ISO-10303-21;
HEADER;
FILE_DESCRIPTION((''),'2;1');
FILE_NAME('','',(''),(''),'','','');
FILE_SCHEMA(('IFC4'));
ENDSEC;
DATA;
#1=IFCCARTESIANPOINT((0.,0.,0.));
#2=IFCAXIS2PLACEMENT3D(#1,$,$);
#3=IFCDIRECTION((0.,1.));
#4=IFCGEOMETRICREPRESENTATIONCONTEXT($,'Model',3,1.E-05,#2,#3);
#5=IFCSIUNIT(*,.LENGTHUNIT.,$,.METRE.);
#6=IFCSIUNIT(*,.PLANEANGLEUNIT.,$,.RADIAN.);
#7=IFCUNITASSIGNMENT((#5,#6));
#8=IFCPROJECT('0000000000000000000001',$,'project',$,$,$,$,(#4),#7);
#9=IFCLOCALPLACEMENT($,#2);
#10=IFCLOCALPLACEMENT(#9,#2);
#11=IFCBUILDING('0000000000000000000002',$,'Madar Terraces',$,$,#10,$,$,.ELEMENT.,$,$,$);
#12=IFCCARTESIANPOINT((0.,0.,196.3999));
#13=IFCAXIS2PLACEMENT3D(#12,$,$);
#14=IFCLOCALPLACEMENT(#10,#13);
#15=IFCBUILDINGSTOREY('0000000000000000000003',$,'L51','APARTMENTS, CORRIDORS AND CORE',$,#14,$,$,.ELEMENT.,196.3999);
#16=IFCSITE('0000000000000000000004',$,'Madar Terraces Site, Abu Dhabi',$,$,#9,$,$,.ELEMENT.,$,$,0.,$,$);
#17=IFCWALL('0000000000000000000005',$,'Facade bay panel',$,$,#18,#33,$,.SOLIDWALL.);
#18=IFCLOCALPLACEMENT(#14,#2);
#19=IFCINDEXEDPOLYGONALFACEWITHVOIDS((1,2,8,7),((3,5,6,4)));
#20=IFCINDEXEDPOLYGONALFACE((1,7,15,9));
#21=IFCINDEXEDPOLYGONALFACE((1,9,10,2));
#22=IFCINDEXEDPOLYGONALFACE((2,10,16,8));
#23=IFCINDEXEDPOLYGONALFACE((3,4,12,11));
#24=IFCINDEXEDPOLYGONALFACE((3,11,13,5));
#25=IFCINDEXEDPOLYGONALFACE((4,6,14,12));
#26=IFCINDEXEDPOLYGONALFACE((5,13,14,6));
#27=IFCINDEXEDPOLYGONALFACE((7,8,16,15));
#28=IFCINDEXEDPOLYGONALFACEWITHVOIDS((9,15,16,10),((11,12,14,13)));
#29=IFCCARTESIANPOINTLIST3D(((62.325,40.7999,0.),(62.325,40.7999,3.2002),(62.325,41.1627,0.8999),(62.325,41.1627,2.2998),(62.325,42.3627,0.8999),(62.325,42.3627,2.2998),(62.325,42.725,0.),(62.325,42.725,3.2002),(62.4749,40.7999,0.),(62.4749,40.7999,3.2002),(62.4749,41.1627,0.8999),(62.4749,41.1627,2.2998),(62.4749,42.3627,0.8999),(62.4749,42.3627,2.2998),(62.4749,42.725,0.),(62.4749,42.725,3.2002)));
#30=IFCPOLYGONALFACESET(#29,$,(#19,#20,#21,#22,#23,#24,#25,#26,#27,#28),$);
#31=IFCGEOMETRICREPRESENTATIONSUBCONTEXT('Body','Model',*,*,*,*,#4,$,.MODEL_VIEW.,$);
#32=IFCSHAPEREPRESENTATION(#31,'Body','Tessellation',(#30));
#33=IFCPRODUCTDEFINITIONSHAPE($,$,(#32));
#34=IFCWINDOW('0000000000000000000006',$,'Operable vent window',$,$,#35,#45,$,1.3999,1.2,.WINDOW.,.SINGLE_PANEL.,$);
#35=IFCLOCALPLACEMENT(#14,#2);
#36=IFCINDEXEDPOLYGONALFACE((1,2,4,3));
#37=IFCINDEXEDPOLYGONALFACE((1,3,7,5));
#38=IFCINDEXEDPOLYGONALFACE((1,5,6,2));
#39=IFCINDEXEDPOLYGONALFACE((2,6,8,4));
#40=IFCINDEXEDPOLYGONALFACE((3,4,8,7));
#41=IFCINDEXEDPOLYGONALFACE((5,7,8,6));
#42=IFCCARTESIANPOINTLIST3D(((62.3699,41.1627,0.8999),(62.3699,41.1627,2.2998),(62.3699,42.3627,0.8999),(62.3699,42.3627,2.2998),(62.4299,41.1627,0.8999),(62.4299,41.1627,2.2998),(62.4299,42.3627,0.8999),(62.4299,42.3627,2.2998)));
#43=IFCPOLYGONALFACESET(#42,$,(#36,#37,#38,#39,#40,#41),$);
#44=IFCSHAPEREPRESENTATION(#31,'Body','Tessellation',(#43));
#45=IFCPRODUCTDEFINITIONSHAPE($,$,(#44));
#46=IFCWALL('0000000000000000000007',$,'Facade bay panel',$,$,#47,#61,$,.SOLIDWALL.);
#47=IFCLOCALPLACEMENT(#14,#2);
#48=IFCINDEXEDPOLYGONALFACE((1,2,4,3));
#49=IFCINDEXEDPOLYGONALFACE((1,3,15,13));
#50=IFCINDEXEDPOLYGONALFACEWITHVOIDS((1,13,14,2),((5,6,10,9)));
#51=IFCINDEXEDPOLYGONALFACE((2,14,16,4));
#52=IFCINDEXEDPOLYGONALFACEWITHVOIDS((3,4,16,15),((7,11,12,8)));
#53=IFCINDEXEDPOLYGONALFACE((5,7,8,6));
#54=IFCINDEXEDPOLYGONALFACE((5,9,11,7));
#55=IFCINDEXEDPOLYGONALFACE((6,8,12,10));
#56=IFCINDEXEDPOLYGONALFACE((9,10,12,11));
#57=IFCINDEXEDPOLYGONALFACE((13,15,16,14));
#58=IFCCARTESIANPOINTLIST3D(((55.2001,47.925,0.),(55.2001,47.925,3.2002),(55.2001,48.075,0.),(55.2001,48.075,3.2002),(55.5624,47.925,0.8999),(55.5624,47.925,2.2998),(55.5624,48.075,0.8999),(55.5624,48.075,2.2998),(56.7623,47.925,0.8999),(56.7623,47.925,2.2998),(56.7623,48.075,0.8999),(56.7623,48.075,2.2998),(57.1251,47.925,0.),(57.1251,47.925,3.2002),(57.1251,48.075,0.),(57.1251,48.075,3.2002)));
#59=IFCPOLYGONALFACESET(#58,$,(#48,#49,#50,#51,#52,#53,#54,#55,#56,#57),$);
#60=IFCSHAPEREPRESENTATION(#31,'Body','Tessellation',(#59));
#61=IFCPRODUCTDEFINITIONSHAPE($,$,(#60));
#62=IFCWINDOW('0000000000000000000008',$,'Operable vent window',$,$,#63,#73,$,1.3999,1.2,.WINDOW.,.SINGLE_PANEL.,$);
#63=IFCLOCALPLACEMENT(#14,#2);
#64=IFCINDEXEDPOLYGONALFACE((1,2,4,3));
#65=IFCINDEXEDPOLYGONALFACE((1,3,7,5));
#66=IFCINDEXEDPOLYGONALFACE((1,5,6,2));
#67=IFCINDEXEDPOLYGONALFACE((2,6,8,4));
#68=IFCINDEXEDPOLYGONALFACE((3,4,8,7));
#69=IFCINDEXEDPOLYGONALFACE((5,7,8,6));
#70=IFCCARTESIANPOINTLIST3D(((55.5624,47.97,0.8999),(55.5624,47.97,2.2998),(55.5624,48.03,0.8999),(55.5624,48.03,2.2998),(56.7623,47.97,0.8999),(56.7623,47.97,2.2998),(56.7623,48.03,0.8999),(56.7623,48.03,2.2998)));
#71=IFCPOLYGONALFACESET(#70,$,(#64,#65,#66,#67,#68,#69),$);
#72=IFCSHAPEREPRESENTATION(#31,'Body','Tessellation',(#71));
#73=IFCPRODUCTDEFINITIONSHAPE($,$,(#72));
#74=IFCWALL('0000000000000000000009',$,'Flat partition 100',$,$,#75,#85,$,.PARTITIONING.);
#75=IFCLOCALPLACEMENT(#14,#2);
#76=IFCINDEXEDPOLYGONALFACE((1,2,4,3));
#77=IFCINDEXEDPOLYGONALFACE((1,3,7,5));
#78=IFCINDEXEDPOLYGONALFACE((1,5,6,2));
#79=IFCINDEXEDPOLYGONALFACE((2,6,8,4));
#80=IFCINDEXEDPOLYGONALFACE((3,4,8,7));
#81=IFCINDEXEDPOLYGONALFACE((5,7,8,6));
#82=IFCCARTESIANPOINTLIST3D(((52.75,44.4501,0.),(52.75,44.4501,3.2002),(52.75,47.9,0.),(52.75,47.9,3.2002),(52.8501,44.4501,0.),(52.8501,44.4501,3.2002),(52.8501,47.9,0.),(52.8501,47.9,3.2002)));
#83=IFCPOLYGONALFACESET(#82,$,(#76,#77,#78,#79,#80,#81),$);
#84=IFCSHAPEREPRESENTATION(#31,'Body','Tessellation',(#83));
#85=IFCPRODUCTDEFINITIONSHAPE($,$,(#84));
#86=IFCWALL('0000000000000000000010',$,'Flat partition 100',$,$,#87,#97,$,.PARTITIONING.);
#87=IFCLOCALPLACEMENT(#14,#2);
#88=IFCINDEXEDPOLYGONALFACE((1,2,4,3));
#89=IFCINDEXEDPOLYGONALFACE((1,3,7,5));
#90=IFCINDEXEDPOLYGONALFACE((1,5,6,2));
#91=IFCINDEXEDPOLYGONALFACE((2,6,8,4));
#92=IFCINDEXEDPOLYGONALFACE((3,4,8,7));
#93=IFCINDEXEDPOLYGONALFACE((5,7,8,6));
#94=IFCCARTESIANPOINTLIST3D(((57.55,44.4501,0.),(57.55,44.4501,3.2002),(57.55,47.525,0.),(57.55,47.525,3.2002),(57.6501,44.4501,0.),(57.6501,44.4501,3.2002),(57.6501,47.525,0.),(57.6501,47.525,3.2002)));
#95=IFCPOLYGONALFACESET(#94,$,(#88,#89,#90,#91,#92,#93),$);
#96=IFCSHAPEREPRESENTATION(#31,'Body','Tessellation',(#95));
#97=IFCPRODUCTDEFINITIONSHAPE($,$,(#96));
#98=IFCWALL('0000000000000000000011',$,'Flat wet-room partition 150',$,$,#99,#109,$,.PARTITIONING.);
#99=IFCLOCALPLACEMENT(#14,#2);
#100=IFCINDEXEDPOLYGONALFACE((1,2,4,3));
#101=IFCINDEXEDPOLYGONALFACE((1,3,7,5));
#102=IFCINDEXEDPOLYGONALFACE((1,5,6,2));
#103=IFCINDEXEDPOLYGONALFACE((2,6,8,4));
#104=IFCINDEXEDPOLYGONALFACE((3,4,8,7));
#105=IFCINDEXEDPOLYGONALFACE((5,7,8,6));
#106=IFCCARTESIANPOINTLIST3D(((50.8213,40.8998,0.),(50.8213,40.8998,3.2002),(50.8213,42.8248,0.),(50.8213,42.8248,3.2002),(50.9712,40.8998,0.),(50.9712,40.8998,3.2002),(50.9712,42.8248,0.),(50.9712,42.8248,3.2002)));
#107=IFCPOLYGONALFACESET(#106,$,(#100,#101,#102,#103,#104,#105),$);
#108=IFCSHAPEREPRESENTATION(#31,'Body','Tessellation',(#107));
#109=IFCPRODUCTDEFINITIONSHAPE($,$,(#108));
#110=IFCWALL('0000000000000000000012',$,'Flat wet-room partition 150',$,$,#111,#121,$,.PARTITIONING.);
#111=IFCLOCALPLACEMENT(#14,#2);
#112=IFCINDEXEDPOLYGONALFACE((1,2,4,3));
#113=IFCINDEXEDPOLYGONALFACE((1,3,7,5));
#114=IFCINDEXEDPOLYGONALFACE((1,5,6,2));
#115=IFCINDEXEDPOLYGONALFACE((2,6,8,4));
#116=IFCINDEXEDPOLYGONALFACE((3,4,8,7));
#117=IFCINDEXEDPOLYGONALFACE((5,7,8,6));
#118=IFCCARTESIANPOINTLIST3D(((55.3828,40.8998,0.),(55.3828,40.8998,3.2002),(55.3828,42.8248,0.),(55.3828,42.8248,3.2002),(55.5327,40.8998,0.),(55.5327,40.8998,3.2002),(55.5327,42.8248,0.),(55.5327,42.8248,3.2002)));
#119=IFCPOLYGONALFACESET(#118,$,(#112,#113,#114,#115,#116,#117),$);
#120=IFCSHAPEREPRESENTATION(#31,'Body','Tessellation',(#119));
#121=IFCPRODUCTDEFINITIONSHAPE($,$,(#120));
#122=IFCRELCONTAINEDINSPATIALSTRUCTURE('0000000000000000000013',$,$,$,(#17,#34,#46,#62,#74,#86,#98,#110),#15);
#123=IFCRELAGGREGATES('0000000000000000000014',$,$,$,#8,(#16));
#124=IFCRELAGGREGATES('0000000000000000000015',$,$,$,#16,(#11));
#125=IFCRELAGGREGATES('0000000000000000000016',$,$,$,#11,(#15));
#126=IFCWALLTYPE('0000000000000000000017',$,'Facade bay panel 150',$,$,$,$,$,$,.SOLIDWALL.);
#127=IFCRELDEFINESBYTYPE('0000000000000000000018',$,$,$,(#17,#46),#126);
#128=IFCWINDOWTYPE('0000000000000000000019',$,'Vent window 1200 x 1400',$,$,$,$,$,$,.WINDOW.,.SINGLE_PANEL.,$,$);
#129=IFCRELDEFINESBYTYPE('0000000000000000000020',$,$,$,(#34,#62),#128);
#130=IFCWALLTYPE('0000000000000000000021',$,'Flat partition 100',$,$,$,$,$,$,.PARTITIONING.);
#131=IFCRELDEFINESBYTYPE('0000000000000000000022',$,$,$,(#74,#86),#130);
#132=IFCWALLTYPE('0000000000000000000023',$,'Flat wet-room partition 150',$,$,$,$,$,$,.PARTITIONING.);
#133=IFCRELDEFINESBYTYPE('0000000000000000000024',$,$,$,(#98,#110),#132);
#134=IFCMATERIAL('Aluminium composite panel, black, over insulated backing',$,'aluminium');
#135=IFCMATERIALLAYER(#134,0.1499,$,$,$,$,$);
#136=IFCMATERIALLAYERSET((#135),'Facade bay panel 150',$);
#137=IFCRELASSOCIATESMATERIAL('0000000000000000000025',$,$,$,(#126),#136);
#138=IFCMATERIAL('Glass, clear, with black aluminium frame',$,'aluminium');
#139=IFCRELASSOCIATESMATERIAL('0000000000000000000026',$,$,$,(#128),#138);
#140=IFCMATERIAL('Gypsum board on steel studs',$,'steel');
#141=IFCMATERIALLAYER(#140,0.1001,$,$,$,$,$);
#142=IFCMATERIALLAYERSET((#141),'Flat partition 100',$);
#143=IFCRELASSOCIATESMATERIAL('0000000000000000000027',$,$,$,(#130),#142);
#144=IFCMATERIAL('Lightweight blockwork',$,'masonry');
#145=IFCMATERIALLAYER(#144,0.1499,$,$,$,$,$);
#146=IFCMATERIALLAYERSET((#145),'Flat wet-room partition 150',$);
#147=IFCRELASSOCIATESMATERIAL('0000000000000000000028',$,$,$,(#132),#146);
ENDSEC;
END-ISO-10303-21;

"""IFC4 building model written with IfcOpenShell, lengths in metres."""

from ifc_helpers import new_model, si_unit, direction, frame, frame_2d, origin, place, context, subcontext, project, spatial, rectangle, extrude, material, layer, layer_set, type_object, element, fill, save


model = new_model("IFC4")

# Units and contexts
model_context = context("Model", 3, precision=1e-05, world=origin(), true_north=direction((0.0, 1.0)))
body_context = subcontext(model_context, "Body", "Model", "MODEL_VIEW")
ifc_project = project(units=[si_unit("LENGTHUNIT", "METRE"), si_unit("PLANEANGLEUNIT", "RADIAN")], contexts=[model_context])

# Site, building, storey
site_placement = place(None, origin())
site = spatial("IfcSite", under=ifc_project, at=site_placement, Name="Madar Terraces Site, Abu Dhabi", CompositionType="ELEMENT", RefElevation=0.0)
building_placement = place(site_placement, origin())
building = spatial("IfcBuilding", under=site, at=building_placement, Name="Madar Terraces", CompositionType="ELEMENT")
storey_placement = place(building_placement, frame((0.0, 0.0, 196.3999)))
storey = spatial("IfcBuildingStorey", under=building, at=storey_placement, Name="L51", Description="APARTMENTS, CORRIDORS AND CORE", CompositionType="ELEMENT", Elevation=196.3999)

# Walls, openings, windows
ifc_material_1 = material(Name="Aluminium composite panel, black, over insulated backing", Category="aluminium")
ifc_layer_1 = layer(ifc_material_1, 0.1499)
ifc_layer_set_1 = layer_set([ifc_layer_1], Name="Facade bay panel 150")
wall_type_1 = type_object("IfcWallType", Name="Facade bay panel 150", PredefinedType="SOLIDWALL", material=ifc_layer_set_1)
wall_1_placement = place(storey_placement, frame((62.3999, 40.8, 0.0), z_axis=(0.0, 0.0, 1.0), x_axis=(0.0, 1.0, 0.0)))
wall_1 = element("IfcWall", 1, at=wall_1_placement, inside=storey, type_object=wall_type_1, Name="Facade bay panel", PredefinedType="SOLIDWALL", context=body_context, shape_type="SweptSolid", body=[
    extrude(rectangle(XDim=1.925, YDim=0.1499, at=frame_2d((0.9624, 0.0))), origin(), (0.0, 0.0, 1.0), 3.2002),
])
opening_1_placement = place(wall_1_placement, frame((0.3625, 0.0, 0.8999)))
opening_1 = element("IfcOpeningElement", 2, at=opening_1_placement, cuts=wall_1, PredefinedType="OPENING", context=body_context, shape_type="SweptSolid", body=[
    extrude(rectangle(XDim=1.2, YDim=1.3999, at=frame_2d((0.6001, 0.7))), frame((0.0, 0.085, 0.0), z_axis=(0.0, -1.0, 0.0), x_axis=(1.0, 0.0, 0.0)), (0.0, 0.0, 1.0), 0.1699),
])
ifc_material_2 = material(Name="Glass, clear, with black aluminium frame", Category="aluminium")
window_type = type_object("IfcWindowType", Name="Vent window 1200 x 1400", PartitioningType="SINGLE_PANEL", PredefinedType="WINDOW", material=ifc_material_2)
window_1_placement = place(opening_1_placement, origin())
window_1 = element("IfcWindow", 3, at=window_1_placement, inside=storey, type_object=window_type, Name="Operable vent window", OverallHeight=1.3999, OverallWidth=1.2, PartitioningType="SINGLE_PANEL", PredefinedType="WINDOW", context=body_context, shape_type="SweptSolid", body=[
    extrude(rectangle(XDim=1.2, YDim=1.3999, at=frame_2d((0.6001, 0.7))), frame((0.0, 0.03, 0.0), z_axis=(0.0, -1.0, 0.0), x_axis=(1.0, 0.0, 0.0)), (0.0, 0.0, 1.0), 0.0601),
])
fill(opening_1, window_1)
wall_2_placement = place(storey_placement, frame((57.125, 48.0, 0.0), z_axis=(0.0, 0.0, 1.0), x_axis=(-1.0, 0.0, 0.0)))
wall_2 = element("IfcWall", 4, at=wall_2_placement, inside=storey, type_object=wall_type_1, Name="Facade bay panel", PredefinedType="SOLIDWALL", context=body_context, shape_type="SweptSolid", body=[
    extrude(rectangle(XDim=1.925, YDim=0.1499, at=frame_2d((0.9624, 0.0))), origin(), (0.0, 0.0, 1.0), 3.2002),
])
opening_2_placement = place(wall_2_placement, frame((0.3625, 0.0, 0.8999)))
opening_2 = element("IfcOpeningElement", 5, at=opening_2_placement, cuts=wall_2, PredefinedType="OPENING", context=body_context, shape_type="SweptSolid", body=[
    extrude(rectangle(XDim=1.2, YDim=1.3999, at=frame_2d((0.6001, 0.7))), frame((0.0, 0.085, 0.0), z_axis=(0.0, -1.0, 0.0), x_axis=(1.0, 0.0, 0.0)), (0.0, 0.0, 1.0), 0.1699),
])
window_2_placement = place(opening_2_placement, origin())
window_2 = element("IfcWindow", 6, at=window_2_placement, inside=storey, type_object=window_type, Name="Operable vent window", OverallHeight=1.3999, OverallWidth=1.2, PartitioningType="SINGLE_PANEL", PredefinedType="WINDOW", context=body_context, shape_type="SweptSolid", body=[
    extrude(rectangle(XDim=1.2, YDim=1.3999, at=frame_2d((0.6001, 0.7))), frame((0.0, 0.03, 0.0), z_axis=(0.0, -1.0, 0.0), x_axis=(1.0, 0.0, 0.0)), (0.0, 0.0, 1.0), 0.0601),
])
fill(opening_2, window_2)

# Walls
ifc_material_3 = material(Name="Gypsum board on steel studs", Category="steel")
ifc_layer_2 = layer(ifc_material_3, 0.1001)
ifc_layer_set_2 = layer_set([ifc_layer_2], Name="Flat partition 100")
wall_type_2 = type_object("IfcWallType", Name="Flat partition 100", PredefinedType="PARTITIONING", material=ifc_layer_set_2)
wall_3_placement = place(storey_placement, frame((52.8, 44.45, 0.0), z_axis=(0.0, 0.0, 1.0), x_axis=(0.0, 1.0, 0.0)))
element("IfcWall", 7, at=wall_3_placement, inside=storey, type_object=wall_type_2, Name="Flat partition 100", PredefinedType="PARTITIONING", context=body_context, shape_type="SweptSolid", body=[
    extrude(rectangle(XDim=3.45, YDim=0.1001, at=frame_2d((1.7251, 0.0))), origin(), (0.0, 0.0, 1.0), 3.2002),
])
wall_4_placement = place(storey_placement, frame((57.6001, 44.45, 0.0), z_axis=(0.0, 0.0, 1.0), x_axis=(0.0, 1.0, 0.0)))
element("IfcWall", 8, at=wall_4_placement, inside=storey, type_object=wall_type_2, Name="Flat partition 100", PredefinedType="PARTITIONING", context=body_context, shape_type="SweptSolid", body=[
    extrude(rectangle(XDim=3.075, YDim=0.1001, at=frame_2d((1.5376, 0.0))), origin(), (0.0, 0.0, 1.0), 3.2002),
])
ifc_material_4 = material(Name="Lightweight blockwork", Category="masonry")
ifc_layer_3 = layer(ifc_material_4, 0.1499)
ifc_layer_set_3 = layer_set([ifc_layer_3], Name="Flat wet-room partition 150")
wall_type_3 = type_object("IfcWallType", Name="Flat wet-room partition 150", PredefinedType="PARTITIONING", material=ifc_layer_set_3)
for number, where, z_axis, x_axis, name in (
    (9, (50.8962, 40.8999, 0.0), (0.0, 0.0, 1.0), (0.0, 1.0, 0.0), "Flat wet-room partition 150"),
    (10, (55.4578, 40.8999, 0.0), (0.0, 0.0, 1.0), (0.0, 1.0, 0.0), "Flat wet-room partition 150"),
):
    element("IfcWall", number, at=place(storey_placement, frame(where, z_axis=z_axis, x_axis=x_axis)), inside=storey, type_object=wall_type_3, Name=name, PredefinedType="PARTITIONING", context=body_context, shape_type="SweptSolid", body=[
        extrude(rectangle(XDim=1.925, YDim=0.1499, at=frame_2d((0.9624, 0.0))), origin(), (0.0, 0.0, 1.0), 3.2002),
    ])

save(model, "model.ifc")
